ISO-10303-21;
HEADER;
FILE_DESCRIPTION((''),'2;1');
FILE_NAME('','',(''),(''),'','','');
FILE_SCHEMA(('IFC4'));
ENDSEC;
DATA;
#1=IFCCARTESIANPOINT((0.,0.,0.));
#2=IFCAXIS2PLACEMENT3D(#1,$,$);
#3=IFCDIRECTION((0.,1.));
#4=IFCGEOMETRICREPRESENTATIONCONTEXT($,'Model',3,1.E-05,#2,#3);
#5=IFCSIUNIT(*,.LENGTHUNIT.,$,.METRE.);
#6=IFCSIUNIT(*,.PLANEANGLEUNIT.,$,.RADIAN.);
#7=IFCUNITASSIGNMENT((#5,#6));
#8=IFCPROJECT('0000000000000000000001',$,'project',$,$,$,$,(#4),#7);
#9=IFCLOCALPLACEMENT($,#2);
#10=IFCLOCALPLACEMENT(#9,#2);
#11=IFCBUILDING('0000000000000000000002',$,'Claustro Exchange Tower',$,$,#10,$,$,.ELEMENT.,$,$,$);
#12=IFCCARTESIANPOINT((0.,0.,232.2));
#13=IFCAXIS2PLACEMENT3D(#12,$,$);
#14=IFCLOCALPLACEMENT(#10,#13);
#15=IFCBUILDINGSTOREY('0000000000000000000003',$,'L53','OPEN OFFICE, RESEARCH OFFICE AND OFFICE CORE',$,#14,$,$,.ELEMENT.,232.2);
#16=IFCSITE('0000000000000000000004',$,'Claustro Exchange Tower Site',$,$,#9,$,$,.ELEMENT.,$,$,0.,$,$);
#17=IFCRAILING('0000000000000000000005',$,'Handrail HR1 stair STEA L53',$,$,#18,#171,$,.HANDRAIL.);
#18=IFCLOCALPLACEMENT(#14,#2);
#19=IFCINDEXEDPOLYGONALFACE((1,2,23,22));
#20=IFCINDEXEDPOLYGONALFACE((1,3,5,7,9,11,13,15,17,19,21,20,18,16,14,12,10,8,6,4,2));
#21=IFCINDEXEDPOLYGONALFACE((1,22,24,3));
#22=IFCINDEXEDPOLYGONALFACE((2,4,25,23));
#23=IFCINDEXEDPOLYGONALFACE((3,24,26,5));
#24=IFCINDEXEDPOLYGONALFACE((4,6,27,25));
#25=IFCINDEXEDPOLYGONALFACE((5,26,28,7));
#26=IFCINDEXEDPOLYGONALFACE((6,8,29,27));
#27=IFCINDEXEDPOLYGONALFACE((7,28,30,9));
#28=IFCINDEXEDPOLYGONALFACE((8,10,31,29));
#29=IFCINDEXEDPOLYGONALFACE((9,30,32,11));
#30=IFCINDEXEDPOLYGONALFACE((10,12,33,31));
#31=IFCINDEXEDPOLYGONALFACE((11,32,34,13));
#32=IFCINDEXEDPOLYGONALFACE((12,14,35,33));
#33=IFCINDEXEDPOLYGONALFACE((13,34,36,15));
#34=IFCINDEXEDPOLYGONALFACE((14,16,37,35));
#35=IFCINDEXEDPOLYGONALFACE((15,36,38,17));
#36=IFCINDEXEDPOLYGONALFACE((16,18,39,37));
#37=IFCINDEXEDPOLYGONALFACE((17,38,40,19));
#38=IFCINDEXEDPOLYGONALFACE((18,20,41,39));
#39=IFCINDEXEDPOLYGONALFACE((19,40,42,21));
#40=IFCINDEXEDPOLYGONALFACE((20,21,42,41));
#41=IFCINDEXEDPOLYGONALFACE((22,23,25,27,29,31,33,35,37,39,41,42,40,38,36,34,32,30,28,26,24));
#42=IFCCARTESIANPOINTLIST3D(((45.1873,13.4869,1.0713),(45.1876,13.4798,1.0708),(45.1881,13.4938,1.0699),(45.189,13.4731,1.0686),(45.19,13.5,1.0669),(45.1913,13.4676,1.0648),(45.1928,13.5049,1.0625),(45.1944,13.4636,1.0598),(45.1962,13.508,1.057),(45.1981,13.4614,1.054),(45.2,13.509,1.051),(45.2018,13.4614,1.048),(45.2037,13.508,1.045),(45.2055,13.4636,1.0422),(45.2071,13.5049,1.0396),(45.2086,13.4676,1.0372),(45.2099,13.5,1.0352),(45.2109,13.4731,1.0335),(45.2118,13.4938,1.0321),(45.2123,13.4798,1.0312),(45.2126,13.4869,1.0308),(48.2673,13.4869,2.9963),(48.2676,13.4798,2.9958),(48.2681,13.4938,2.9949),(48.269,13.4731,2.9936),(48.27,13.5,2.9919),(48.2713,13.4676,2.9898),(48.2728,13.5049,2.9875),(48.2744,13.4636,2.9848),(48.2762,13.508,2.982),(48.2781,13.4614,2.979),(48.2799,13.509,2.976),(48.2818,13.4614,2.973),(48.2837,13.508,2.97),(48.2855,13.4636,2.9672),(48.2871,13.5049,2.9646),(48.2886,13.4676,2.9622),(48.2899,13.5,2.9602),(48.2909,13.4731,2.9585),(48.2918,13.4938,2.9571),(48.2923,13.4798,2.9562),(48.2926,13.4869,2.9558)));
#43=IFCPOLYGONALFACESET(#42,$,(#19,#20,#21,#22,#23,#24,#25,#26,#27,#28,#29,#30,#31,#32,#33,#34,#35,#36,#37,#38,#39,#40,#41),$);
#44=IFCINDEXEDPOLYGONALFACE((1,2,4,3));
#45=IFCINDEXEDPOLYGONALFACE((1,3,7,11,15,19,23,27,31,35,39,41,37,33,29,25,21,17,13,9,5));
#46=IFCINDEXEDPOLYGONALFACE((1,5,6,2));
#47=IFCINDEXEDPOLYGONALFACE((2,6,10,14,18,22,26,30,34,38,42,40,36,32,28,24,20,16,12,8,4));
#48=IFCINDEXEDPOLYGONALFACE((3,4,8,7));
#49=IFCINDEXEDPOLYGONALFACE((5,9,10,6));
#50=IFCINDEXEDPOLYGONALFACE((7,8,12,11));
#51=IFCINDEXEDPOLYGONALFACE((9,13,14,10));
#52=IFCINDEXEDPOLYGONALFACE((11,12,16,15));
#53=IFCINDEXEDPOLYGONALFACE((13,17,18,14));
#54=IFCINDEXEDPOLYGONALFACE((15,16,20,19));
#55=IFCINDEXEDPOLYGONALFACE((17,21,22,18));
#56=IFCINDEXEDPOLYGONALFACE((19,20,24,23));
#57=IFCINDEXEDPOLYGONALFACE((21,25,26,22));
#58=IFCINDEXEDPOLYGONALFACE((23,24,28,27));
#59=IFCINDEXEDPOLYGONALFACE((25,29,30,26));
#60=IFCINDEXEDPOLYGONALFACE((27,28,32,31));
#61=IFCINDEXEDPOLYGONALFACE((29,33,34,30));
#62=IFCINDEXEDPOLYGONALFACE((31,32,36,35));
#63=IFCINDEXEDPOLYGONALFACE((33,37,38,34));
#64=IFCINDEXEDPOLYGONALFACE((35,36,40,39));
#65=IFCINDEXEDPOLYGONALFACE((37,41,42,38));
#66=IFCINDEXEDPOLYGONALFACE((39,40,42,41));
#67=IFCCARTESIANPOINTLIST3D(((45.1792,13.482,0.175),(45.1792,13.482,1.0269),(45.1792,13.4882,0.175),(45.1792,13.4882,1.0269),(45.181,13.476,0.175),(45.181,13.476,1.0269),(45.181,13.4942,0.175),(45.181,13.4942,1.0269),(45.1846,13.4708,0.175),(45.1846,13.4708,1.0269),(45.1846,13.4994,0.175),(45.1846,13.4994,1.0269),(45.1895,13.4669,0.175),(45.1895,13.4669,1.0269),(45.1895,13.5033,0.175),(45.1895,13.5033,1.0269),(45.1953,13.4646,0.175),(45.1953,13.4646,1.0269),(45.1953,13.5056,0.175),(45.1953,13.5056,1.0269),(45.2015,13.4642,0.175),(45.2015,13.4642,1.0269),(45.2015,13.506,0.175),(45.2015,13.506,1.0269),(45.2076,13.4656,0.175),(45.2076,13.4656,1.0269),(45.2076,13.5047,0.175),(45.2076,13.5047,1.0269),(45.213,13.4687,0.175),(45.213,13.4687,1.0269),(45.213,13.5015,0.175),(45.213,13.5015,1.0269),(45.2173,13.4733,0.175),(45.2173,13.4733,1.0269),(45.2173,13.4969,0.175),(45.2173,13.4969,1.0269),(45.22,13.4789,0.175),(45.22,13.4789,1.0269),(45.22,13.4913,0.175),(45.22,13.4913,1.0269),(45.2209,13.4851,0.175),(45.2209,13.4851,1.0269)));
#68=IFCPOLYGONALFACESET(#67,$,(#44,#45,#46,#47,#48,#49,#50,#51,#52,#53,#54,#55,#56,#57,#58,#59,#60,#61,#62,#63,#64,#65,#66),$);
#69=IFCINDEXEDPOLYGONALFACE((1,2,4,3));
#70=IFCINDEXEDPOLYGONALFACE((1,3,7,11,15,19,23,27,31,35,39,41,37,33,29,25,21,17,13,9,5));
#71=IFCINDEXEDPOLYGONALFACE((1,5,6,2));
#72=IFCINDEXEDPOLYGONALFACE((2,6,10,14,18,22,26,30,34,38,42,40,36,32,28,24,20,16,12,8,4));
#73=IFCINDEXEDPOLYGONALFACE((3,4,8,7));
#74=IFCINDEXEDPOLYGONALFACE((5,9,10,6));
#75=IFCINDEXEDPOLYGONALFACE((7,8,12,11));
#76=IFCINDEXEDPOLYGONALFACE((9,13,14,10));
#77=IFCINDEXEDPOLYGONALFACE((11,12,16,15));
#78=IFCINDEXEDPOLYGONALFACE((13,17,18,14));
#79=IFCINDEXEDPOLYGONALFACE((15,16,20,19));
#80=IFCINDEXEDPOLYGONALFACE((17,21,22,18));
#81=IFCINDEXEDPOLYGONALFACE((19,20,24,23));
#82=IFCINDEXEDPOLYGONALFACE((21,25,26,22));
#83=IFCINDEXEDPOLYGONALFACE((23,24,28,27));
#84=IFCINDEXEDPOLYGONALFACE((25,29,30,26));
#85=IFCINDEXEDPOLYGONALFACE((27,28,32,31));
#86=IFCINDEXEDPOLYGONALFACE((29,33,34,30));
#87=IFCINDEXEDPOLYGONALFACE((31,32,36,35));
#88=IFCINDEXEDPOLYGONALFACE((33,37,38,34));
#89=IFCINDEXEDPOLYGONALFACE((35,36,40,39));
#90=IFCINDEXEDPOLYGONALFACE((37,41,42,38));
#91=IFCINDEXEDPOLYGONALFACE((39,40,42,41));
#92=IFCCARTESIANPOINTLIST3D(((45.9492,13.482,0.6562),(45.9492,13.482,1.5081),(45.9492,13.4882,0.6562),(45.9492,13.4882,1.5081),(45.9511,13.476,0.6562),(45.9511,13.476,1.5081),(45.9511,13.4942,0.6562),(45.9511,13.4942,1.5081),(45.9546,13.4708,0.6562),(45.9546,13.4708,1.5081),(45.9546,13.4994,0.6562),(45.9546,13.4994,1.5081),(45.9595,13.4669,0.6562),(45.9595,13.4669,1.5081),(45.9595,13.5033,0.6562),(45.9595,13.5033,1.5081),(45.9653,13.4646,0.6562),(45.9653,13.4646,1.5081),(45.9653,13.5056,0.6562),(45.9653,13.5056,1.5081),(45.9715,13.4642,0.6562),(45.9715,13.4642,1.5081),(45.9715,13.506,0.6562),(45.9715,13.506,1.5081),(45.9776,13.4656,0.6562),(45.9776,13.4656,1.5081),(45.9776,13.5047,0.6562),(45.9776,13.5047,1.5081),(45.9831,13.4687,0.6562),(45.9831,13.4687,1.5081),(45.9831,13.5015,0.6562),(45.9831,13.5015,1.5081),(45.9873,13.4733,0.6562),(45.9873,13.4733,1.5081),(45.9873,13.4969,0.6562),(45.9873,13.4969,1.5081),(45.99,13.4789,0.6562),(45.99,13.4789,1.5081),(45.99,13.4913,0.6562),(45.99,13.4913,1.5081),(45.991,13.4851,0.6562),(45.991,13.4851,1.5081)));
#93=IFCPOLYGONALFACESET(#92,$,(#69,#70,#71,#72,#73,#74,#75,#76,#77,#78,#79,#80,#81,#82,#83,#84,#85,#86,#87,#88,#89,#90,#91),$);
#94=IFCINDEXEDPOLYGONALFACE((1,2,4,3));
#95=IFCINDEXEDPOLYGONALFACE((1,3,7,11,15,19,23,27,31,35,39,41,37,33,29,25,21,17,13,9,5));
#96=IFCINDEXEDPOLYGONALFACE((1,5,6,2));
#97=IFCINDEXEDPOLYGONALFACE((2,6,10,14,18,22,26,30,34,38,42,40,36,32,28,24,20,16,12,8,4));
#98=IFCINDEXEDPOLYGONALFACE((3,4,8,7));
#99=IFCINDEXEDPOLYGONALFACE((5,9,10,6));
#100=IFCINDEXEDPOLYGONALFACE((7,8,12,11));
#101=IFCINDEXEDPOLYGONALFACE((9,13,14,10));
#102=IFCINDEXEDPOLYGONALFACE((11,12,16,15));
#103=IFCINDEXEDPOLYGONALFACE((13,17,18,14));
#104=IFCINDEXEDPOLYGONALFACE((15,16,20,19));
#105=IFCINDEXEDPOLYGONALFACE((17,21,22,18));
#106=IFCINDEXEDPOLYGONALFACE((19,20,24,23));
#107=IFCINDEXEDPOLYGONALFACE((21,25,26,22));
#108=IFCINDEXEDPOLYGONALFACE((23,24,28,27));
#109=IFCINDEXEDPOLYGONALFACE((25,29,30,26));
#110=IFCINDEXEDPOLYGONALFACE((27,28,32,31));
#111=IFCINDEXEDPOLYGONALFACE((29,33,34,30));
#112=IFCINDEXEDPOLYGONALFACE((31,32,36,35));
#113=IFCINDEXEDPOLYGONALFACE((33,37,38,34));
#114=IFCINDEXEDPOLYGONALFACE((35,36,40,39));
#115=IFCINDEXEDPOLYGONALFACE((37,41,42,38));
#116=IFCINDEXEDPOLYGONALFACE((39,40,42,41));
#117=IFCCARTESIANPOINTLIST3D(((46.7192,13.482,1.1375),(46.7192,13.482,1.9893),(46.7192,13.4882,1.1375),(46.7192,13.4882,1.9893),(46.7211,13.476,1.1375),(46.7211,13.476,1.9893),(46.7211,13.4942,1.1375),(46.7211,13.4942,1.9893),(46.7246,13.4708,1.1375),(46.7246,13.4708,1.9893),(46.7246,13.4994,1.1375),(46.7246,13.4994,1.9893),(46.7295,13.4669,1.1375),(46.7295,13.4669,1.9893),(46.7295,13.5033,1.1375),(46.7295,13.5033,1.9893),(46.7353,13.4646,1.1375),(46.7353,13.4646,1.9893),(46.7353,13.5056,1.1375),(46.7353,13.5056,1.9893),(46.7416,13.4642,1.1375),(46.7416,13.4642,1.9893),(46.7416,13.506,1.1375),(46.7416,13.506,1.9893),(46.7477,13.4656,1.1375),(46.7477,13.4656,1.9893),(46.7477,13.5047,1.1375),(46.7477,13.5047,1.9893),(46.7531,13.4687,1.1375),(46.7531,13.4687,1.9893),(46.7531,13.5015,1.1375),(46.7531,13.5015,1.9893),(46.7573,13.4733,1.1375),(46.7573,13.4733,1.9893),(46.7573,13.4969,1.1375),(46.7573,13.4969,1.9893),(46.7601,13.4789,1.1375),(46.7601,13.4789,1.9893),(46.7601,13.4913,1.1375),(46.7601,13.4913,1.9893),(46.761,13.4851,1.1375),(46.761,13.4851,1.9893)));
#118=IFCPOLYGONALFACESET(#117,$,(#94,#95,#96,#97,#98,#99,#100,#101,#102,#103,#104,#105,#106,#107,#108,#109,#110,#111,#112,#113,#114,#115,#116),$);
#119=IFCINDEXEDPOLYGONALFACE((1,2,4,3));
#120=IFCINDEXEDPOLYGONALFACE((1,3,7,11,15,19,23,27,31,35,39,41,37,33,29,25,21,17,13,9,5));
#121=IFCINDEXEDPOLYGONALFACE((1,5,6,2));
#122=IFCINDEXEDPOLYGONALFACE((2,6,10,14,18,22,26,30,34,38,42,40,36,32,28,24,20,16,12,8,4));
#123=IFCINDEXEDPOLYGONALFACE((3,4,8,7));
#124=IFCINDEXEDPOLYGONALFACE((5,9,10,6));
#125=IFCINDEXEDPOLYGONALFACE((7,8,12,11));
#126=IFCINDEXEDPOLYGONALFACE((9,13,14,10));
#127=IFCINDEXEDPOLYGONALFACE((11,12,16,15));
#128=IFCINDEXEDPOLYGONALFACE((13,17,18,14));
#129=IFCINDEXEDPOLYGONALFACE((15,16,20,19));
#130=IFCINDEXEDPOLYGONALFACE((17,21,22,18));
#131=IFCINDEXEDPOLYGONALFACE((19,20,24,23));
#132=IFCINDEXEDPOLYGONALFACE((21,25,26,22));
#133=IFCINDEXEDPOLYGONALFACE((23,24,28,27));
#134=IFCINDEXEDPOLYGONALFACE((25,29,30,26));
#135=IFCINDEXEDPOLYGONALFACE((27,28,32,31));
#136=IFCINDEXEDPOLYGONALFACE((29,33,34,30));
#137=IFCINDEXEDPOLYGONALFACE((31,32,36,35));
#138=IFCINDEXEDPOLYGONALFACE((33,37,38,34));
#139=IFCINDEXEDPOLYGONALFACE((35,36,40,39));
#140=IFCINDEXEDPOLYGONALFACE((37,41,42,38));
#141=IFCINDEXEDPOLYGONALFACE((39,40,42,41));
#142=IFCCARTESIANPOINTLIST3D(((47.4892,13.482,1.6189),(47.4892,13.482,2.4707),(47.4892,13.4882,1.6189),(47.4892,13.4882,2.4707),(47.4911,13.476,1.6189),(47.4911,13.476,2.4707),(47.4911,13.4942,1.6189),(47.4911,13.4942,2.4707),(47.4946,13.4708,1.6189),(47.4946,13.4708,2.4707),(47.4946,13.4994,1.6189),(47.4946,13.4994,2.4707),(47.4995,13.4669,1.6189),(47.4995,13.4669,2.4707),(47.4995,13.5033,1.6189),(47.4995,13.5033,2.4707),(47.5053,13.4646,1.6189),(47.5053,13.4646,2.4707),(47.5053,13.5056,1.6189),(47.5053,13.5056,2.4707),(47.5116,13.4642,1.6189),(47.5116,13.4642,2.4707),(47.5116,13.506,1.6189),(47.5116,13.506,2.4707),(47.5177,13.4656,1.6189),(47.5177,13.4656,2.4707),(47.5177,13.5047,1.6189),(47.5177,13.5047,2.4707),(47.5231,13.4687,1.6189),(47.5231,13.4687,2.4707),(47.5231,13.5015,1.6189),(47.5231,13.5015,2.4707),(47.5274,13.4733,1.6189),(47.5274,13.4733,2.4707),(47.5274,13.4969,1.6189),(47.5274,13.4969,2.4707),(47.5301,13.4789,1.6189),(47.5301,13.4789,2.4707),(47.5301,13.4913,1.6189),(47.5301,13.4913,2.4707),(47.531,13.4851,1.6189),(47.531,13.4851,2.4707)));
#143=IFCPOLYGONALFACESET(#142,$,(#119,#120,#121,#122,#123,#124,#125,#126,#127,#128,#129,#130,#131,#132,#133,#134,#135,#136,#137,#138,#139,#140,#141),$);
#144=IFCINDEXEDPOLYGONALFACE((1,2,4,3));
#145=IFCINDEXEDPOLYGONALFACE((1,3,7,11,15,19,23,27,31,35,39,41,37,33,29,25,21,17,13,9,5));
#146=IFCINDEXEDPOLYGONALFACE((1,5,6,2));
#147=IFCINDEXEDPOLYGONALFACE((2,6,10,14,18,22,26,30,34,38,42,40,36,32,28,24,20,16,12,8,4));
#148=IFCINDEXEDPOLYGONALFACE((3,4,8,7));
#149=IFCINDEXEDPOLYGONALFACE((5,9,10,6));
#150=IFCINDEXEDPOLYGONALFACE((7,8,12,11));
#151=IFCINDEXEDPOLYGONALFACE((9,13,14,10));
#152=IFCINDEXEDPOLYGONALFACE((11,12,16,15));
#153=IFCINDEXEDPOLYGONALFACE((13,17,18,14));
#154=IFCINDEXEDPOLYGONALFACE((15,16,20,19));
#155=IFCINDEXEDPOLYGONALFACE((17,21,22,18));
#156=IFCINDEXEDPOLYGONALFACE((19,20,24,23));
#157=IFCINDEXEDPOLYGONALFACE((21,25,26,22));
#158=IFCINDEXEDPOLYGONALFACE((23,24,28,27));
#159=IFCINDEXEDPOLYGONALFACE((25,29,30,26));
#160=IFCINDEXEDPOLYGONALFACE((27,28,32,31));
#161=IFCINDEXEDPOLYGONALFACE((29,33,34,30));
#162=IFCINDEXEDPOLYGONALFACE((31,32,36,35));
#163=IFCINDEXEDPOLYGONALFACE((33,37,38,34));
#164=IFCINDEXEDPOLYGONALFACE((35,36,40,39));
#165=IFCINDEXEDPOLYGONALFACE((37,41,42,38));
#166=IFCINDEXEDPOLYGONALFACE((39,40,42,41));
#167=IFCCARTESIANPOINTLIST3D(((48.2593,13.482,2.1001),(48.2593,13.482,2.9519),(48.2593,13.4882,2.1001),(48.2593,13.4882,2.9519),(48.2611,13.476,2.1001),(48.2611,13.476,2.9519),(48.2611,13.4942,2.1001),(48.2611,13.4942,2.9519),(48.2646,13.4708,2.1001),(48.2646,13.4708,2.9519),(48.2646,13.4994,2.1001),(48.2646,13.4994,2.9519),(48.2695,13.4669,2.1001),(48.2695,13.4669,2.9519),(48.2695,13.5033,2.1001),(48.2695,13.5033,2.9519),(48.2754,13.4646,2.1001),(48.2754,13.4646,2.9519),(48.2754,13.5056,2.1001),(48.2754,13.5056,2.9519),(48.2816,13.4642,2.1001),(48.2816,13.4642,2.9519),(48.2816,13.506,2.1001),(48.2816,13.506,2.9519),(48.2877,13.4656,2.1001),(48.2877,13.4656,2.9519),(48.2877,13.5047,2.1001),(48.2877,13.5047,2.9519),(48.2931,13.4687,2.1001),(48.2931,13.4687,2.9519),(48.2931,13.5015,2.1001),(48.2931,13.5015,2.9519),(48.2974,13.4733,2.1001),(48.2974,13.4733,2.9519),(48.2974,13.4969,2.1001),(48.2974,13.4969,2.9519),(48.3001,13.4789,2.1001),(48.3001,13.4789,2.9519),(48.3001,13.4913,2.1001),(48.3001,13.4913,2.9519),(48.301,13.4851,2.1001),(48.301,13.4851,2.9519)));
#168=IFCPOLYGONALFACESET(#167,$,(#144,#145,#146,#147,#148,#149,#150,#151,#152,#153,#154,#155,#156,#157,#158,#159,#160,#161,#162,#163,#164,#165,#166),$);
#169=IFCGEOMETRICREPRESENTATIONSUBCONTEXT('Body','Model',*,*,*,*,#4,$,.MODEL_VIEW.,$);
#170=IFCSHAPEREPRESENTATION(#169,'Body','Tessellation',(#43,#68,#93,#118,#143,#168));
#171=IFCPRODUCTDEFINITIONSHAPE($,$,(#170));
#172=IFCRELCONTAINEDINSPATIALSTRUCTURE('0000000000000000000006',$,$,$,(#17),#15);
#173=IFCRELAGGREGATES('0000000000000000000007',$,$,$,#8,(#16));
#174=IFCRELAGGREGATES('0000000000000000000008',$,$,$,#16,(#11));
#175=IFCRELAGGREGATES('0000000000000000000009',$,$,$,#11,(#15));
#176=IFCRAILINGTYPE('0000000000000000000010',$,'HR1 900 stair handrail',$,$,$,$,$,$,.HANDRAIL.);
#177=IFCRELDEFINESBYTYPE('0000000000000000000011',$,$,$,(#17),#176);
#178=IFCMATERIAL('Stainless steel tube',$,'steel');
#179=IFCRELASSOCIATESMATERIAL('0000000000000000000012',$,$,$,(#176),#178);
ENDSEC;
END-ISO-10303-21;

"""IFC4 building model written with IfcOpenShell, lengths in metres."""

from ifc_helpers import new_model, si_unit, direction, frame, origin, origin_2d, place, context, subcontext, project, spatial, circle, extrude, material, type_object, element, save


model = new_model("IFC4")

# Units and contexts
model_context = context("Model", 3, precision=1e-05, world=origin(), true_north=direction((0.0, 1.0)))
body_context = subcontext(model_context, "Body", "Model", "MODEL_VIEW")
ifc_project = project(units=[si_unit("LENGTHUNIT", "METRE"), si_unit("PLANEANGLEUNIT", "RADIAN")], contexts=[model_context])

# Site, building, storey
site_placement = place(None, origin())
site = spatial("IfcSite", under=ifc_project, at=site_placement, Name="Claustro Exchange Tower Site", CompositionType="ELEMENT", RefElevation=0.0)
building_placement = place(site_placement, origin())
building = spatial("IfcBuilding", under=site, at=building_placement, Name="Claustro Exchange Tower", CompositionType="ELEMENT")
storey_placement = place(building_placement, frame((0.0, 0.0, 232.2)))
storey = spatial("IfcBuildingStorey", under=building, at=storey_placement, Name="L53", Description="OPEN OFFICE, RESEARCH OFFICE AND OFFICE CORE", CompositionType="ELEMENT", Elevation=232.2)

# Railing
ifc_material_1 = material(Name="Stainless steel tube", Category="steel")
railing_type = type_object("IfcRailingType", Name="HR1 900 stair handrail", PredefinedType="HANDRAIL", material=ifc_material_1)
railing_placement = place(storey_placement, frame((45.2, 13.4851, 0.175)))
element("IfcRailing", 1, at=railing_placement, inside=storey, type_object=railing_type, Name="Handrail HR1 stair STEA L53", PredefinedType="HANDRAIL", context=body_context, shape_type="SweptSolid", body=[
    extrude(circle(Radius=0.0239, at=origin_2d()), frame((0.0, 0.0, 0.876), z_axis=(0.847998, 0.0, 0.529999), x_axis=(0.0, 1.0, 0.0)), (0.0, 0.0, 1.0), 3.6321),
    extrude(circle(Radius=0.021, at=origin_2d()), origin(), (0.0, 0.0, 1.0), 0.8518),
    extrude(circle(Radius=0.021, at=origin_2d()), frame((0.77, 0.0, 0.4812)), (0.0, 0.0, 1.0), 0.8518),
    extrude(circle(Radius=0.021, at=origin_2d()), frame((1.54, 0.0, 0.9624)), (0.0, 0.0, 1.0), 0.8518),
    extrude(circle(Radius=0.021, at=origin_2d()), frame((2.3101, 0.0, 1.4438)), (0.0, 0.0, 1.0), 0.8518),
    extrude(circle(Radius=0.021, at=origin_2d()), frame((3.0801, 0.0, 1.925)), (0.0, 0.0, 1.0), 0.8518),
])

save(model, "model.ifc")
